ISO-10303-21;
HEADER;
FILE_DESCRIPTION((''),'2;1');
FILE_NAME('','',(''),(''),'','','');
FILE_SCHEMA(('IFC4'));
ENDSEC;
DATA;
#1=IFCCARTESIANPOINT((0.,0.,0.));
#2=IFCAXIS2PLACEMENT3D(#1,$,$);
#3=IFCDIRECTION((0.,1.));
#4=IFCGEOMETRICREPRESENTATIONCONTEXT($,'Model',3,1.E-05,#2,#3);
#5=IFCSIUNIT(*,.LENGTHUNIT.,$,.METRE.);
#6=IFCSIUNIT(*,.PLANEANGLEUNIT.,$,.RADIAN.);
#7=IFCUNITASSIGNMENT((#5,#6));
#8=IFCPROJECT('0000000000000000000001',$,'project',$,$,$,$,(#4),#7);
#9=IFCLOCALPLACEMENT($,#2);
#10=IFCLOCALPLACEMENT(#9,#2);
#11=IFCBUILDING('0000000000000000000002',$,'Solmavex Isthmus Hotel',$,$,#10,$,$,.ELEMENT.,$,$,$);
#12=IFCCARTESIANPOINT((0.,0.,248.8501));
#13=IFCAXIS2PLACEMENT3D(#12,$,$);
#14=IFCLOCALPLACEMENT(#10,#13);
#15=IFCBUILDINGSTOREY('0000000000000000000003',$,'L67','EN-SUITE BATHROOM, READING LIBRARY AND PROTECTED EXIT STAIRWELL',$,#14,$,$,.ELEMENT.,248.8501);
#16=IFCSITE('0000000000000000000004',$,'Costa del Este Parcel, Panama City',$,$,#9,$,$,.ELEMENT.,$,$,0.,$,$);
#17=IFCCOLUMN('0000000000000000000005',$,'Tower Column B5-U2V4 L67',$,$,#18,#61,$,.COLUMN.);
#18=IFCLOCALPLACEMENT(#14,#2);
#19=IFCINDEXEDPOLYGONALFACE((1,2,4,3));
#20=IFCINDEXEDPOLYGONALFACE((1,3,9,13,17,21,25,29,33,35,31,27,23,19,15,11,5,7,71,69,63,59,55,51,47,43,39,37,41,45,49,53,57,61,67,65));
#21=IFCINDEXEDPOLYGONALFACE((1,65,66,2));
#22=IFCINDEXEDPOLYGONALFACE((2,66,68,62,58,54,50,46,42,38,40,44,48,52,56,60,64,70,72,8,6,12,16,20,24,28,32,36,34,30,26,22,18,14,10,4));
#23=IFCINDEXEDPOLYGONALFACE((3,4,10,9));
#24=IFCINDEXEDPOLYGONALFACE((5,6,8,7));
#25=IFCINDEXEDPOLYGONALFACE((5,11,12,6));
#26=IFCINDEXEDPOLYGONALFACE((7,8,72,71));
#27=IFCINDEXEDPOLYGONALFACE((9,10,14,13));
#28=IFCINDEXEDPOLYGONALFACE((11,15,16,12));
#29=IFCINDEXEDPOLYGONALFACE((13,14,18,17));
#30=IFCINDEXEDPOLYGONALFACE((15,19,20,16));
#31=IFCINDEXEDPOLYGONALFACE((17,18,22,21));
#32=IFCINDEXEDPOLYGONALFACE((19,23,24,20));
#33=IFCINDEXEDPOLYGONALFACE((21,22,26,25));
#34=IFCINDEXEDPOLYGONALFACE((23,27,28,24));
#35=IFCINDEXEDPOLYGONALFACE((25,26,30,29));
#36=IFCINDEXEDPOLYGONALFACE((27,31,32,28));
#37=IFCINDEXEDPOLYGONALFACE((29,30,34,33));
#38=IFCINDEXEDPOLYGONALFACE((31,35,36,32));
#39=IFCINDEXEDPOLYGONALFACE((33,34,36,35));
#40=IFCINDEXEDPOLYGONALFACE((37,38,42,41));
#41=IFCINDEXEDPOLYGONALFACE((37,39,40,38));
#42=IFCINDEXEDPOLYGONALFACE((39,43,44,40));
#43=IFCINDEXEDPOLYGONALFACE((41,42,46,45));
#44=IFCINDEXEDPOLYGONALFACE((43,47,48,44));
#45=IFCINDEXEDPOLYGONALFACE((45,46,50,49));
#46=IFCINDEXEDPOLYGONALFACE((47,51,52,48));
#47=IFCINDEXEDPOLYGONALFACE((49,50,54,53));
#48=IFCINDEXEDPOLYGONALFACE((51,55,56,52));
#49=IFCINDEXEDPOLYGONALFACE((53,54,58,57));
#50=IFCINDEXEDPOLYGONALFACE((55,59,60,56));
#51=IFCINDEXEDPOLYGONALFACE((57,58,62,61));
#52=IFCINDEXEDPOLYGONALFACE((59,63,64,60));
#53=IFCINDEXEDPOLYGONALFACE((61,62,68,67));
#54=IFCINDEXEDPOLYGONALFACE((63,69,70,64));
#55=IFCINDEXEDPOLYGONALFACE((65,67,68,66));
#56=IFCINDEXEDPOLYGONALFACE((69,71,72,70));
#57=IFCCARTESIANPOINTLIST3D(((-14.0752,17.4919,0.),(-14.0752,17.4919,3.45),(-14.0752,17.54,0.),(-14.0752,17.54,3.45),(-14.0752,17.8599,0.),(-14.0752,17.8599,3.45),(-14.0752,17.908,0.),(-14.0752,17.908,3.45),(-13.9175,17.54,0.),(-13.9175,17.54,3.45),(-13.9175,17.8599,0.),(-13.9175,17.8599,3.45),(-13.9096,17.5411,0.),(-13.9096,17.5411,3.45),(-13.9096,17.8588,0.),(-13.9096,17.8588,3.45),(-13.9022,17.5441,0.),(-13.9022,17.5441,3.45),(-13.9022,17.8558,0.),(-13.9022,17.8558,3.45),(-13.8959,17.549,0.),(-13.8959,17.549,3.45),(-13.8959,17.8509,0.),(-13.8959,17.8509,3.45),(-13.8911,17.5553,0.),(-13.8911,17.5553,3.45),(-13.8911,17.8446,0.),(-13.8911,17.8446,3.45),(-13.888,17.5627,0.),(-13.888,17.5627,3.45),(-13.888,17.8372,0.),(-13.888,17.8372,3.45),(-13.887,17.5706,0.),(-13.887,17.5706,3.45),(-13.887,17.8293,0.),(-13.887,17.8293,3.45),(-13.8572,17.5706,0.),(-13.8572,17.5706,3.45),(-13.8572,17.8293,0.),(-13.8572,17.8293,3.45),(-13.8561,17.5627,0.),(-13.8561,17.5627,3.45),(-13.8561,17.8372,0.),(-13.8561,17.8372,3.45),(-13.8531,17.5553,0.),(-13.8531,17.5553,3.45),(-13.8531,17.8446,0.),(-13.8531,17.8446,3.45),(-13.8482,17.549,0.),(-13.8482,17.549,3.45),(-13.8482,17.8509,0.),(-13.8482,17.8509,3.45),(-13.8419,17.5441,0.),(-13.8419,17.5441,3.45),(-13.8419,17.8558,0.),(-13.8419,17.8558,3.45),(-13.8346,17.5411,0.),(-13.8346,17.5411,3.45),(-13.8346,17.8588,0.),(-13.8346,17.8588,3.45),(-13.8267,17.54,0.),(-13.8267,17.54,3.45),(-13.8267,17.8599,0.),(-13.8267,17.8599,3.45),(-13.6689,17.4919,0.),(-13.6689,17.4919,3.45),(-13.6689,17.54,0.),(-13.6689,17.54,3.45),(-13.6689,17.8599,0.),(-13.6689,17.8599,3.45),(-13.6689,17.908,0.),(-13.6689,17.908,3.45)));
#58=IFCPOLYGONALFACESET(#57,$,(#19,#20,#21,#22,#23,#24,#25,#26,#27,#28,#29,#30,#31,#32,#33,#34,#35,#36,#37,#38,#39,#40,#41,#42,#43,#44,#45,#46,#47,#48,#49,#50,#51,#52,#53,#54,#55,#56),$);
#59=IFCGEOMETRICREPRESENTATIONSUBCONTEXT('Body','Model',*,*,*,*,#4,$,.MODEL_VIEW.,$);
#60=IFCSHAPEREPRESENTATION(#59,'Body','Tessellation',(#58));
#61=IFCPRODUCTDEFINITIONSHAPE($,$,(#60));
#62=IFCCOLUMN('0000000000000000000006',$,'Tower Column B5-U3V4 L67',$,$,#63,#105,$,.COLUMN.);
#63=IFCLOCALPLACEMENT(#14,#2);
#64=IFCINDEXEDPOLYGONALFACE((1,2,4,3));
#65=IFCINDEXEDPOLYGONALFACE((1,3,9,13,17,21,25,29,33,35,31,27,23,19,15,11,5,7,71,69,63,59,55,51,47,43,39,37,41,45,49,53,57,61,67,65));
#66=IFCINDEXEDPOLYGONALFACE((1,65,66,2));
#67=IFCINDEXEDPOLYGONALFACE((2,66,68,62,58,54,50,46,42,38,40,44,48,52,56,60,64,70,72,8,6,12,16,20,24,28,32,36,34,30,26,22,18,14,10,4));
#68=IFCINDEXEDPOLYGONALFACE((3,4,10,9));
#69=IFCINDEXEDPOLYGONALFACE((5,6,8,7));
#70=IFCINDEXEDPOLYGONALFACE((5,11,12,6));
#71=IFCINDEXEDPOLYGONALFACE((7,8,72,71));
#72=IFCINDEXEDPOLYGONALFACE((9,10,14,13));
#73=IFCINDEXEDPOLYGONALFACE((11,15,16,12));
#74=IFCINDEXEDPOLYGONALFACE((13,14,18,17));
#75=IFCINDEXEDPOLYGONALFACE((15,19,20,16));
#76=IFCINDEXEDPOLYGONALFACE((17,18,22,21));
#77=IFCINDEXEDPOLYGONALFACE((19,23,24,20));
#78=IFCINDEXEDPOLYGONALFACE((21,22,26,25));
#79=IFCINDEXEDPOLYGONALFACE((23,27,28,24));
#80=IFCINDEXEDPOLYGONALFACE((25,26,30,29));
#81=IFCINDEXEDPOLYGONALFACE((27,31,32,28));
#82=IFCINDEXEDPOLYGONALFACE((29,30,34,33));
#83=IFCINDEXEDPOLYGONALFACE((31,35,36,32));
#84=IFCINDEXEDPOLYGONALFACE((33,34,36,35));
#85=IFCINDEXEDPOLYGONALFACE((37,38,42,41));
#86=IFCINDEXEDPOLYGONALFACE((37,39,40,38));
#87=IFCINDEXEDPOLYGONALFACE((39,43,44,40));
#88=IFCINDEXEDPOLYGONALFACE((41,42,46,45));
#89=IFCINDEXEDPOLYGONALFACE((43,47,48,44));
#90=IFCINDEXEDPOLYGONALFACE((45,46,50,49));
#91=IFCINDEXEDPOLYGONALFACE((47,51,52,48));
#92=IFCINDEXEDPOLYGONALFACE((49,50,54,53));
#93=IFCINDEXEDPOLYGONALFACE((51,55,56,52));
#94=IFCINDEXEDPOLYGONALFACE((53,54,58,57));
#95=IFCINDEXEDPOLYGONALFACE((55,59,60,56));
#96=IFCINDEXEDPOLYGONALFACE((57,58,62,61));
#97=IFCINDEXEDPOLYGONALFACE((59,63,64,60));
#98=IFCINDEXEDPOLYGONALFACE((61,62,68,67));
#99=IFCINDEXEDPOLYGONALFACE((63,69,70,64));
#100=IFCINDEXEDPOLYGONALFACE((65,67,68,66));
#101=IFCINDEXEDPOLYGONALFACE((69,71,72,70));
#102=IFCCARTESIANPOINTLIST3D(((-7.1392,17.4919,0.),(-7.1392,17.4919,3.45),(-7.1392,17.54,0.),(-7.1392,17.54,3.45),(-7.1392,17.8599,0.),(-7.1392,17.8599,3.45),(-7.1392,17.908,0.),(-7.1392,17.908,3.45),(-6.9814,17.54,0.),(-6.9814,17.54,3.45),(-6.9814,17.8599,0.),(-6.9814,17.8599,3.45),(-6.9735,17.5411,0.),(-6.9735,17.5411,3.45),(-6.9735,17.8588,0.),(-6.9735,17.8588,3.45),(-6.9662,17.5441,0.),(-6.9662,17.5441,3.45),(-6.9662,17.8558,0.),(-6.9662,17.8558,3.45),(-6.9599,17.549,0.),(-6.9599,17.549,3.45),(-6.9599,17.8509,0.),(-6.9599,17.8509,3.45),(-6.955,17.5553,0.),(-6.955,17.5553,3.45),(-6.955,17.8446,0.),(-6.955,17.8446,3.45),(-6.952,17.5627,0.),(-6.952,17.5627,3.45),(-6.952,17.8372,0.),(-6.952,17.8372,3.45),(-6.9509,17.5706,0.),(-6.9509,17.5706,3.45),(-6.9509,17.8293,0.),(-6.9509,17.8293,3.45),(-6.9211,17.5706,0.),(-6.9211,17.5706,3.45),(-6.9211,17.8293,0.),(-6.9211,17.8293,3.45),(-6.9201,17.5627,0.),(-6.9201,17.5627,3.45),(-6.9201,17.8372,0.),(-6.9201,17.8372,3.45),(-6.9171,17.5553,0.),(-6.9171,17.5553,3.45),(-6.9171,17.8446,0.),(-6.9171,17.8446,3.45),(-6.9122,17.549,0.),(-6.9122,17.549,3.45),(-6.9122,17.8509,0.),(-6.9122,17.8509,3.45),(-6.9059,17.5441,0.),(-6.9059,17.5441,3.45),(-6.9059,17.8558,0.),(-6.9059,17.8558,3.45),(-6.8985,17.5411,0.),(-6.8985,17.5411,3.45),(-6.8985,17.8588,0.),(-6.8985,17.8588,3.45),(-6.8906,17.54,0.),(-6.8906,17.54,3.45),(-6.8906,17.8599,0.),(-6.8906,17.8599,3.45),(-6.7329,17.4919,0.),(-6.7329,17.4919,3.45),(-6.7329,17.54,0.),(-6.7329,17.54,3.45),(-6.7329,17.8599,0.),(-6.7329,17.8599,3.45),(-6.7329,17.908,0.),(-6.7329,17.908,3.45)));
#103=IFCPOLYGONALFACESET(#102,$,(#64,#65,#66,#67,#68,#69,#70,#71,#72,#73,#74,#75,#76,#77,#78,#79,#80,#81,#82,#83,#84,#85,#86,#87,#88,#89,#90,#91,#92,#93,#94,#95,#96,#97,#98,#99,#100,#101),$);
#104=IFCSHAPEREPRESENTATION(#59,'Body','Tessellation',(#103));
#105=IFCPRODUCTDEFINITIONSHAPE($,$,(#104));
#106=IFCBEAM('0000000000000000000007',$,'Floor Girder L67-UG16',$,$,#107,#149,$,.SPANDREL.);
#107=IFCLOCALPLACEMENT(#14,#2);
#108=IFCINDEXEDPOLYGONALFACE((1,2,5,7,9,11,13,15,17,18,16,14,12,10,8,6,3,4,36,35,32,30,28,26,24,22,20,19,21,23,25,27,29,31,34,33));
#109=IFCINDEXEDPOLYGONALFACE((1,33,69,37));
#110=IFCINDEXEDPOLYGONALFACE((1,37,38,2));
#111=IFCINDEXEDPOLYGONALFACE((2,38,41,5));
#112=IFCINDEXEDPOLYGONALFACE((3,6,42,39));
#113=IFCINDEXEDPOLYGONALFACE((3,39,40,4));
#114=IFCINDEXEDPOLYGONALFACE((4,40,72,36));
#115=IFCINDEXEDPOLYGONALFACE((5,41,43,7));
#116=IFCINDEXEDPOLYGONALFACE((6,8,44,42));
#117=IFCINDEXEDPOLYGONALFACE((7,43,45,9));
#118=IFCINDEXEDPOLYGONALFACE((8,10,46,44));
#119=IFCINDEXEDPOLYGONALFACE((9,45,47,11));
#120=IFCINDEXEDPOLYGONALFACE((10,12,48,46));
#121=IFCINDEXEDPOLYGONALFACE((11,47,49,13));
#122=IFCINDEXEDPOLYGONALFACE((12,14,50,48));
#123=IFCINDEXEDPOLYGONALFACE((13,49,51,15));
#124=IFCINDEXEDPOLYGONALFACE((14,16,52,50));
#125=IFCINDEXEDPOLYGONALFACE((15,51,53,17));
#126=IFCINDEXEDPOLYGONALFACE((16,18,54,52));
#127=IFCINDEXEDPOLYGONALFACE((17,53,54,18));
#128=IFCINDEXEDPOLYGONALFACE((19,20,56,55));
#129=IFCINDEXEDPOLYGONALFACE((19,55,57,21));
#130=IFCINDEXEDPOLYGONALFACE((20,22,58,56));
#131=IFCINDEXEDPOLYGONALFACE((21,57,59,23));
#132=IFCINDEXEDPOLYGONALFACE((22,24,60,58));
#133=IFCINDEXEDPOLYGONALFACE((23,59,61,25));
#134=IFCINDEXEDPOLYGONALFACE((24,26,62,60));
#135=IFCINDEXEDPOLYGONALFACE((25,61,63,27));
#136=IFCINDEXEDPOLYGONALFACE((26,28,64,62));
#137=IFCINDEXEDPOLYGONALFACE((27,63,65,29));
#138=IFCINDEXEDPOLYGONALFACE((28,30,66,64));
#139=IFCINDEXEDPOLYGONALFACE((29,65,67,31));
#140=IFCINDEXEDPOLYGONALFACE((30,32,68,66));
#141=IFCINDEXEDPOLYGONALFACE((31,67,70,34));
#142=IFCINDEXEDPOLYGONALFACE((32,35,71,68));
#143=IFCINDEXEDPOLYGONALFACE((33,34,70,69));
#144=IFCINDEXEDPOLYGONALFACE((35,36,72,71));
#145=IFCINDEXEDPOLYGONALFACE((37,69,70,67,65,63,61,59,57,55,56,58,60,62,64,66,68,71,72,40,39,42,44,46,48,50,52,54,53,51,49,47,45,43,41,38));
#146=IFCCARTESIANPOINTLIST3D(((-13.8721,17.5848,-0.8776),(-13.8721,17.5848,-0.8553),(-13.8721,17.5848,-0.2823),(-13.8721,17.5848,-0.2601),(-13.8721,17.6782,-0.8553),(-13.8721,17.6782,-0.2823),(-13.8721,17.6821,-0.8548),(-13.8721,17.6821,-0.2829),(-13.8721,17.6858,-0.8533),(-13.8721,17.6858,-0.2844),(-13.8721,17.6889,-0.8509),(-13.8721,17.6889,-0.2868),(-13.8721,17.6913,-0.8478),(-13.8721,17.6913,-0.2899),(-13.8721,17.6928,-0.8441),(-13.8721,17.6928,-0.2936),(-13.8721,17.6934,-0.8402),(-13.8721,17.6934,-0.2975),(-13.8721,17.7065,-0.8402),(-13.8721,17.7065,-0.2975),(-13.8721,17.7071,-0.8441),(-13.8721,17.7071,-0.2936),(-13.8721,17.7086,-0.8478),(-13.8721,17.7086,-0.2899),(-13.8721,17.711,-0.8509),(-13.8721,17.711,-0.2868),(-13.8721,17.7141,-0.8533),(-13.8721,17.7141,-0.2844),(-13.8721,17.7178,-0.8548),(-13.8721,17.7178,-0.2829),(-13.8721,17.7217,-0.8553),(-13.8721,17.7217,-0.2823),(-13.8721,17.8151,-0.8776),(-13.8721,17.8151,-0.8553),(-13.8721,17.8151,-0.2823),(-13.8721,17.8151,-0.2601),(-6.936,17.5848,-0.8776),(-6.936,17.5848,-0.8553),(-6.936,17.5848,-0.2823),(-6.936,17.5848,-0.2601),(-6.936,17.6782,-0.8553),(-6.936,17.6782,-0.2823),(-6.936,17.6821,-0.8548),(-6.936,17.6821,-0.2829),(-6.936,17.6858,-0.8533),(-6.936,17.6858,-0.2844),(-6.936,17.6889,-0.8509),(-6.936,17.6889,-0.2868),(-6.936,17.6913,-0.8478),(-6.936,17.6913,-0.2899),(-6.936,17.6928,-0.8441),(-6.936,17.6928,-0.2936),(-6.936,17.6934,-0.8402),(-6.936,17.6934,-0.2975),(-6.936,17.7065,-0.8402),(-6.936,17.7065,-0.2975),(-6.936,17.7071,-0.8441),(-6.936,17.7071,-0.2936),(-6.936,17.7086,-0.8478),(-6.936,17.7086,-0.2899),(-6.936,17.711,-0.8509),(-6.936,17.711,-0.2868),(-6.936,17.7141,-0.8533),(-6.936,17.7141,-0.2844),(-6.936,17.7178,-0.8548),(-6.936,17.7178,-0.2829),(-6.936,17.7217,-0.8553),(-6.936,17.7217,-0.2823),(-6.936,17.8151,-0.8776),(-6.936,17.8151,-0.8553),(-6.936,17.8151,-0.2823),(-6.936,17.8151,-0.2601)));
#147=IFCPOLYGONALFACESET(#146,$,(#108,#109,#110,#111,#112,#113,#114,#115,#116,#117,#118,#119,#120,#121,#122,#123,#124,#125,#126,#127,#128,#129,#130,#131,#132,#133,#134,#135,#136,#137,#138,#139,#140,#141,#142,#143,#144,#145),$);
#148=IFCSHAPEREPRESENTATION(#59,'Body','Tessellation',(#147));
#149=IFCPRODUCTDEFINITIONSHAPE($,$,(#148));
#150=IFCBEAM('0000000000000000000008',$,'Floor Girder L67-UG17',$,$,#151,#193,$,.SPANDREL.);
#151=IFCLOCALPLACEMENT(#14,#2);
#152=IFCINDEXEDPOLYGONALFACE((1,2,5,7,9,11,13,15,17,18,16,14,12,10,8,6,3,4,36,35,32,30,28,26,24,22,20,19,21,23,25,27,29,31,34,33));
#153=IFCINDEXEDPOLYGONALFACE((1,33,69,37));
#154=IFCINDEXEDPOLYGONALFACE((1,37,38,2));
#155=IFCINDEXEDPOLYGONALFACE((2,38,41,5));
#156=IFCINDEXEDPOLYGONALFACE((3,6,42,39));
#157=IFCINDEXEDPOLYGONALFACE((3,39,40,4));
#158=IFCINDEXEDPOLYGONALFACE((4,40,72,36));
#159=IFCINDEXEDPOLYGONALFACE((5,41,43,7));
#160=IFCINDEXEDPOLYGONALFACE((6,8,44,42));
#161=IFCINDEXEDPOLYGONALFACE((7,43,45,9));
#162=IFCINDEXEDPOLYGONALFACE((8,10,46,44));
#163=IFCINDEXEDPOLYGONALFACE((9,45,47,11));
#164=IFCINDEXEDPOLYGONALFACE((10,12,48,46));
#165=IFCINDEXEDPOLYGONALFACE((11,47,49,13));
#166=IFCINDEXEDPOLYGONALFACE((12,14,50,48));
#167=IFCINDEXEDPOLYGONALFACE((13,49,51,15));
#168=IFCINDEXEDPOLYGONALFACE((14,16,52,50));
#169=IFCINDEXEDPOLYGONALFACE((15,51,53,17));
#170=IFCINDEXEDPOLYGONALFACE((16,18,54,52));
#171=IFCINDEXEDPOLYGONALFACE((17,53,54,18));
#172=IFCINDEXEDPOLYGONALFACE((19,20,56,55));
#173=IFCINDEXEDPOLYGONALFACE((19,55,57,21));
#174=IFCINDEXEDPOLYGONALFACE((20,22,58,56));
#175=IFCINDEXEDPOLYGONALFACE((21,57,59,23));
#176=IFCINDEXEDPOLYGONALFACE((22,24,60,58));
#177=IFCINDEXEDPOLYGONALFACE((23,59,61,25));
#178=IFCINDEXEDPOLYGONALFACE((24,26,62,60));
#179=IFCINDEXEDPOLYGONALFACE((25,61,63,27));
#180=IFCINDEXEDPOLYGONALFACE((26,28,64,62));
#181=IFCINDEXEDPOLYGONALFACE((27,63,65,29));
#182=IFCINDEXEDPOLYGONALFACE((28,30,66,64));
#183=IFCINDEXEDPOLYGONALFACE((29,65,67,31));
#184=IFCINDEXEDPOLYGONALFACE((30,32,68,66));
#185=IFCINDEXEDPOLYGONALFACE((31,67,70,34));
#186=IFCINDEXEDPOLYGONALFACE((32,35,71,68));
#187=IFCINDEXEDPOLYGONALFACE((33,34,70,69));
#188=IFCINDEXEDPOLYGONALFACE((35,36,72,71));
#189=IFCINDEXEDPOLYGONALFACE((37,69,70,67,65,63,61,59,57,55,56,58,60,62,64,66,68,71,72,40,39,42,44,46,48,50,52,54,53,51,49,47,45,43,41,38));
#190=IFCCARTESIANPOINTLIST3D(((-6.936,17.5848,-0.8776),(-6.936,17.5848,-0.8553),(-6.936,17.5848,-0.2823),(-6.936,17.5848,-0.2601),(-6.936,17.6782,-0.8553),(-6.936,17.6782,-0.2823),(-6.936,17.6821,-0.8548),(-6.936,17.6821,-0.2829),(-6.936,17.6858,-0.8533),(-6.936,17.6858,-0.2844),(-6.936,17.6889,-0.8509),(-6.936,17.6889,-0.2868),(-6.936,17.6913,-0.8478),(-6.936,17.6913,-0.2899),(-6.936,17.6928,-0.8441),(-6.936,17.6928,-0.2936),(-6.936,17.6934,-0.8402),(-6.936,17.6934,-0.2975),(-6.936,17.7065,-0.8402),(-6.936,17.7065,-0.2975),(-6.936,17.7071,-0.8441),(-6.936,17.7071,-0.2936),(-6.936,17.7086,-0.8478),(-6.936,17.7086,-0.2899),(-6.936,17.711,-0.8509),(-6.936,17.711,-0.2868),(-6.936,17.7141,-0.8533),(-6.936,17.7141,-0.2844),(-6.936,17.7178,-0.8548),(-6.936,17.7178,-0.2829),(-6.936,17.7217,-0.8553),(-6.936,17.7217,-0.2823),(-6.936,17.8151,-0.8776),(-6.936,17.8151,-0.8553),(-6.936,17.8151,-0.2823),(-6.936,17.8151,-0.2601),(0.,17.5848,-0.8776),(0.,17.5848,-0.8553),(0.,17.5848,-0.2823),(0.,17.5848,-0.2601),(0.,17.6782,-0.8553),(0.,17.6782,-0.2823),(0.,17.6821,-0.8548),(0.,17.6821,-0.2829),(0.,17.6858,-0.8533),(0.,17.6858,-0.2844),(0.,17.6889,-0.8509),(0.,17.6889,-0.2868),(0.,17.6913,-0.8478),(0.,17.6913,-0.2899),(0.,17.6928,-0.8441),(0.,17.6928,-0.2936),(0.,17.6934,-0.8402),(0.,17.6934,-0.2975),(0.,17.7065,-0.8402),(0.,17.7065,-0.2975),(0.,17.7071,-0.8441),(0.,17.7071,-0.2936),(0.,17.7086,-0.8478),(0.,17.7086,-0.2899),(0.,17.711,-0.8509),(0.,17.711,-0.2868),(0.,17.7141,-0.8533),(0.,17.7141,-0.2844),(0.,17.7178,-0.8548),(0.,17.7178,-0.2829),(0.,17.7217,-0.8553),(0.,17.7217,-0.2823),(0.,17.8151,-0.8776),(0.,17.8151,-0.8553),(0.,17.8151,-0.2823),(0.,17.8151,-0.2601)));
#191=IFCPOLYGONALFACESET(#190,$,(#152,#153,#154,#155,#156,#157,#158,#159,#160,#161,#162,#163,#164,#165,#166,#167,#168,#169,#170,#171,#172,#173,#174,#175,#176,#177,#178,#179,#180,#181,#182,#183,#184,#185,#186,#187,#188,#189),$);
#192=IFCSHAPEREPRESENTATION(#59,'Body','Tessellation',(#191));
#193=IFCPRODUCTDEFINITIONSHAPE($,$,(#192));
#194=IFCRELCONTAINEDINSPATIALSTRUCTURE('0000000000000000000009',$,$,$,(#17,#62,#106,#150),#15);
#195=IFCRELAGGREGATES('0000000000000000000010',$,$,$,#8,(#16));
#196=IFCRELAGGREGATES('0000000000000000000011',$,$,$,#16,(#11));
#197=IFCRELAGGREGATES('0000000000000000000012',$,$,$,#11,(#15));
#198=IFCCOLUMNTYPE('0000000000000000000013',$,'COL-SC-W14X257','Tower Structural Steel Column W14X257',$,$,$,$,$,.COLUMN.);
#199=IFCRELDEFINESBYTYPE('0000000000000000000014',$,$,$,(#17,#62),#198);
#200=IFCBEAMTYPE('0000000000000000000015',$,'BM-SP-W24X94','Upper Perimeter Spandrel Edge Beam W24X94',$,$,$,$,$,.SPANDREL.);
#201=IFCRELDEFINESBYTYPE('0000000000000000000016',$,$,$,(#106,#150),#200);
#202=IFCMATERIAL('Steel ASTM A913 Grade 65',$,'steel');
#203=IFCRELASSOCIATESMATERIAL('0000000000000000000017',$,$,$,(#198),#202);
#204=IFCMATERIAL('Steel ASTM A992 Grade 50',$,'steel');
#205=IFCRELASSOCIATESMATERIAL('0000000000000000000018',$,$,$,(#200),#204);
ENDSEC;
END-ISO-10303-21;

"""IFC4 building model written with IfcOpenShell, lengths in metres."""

from ifc_helpers import new_model, si_unit, direction, frame, origin, origin_2d, place, context, subcontext, project, spatial, i_section, extrude, material, material_profile, profile_set, type_object, element, save


model = new_model("IFC4")

# Units and contexts
model_context = context("Model", 3, precision=1e-05, world=origin(), true_north=direction((0.0, 1.0)))
body_context = subcontext(model_context, "Body", "Model", "MODEL_VIEW")
ifc_project = project(units=[si_unit("LENGTHUNIT", "METRE"), si_unit("PLANEANGLEUNIT", "RADIAN")], contexts=[model_context])

# Site, building, storey
site_placement = place(None, origin())
site = spatial("IfcSite", under=ifc_project, at=site_placement, Name="Costa del Este Parcel, Panama City", CompositionType="ELEMENT", RefElevation=0.0)
building_placement = place(site_placement, origin())
building = spatial("IfcBuilding", under=site, at=building_placement, Name="Solmavex Isthmus Hotel", CompositionType="ELEMENT")
storey_placement = place(building_placement, frame((0.0, 0.0, 248.8501)))
storey = spatial("IfcBuildingStorey", under=building, at=storey_placement, Name="L67", Description="EN-SUITE BATHROOM, READING LIBRARY AND PROTECTED EXIT STAIRWELL", CompositionType="ELEMENT", Elevation=248.8501)

# Columns
ifc_material_1 = material(Name="Steel ASTM A913 Grade 65", Category="steel")
ifc_material_profile_1 = material_profile(ifc_material_1, i_section(OverallWidth=0.4062, OverallDepth=0.416, WebThickness=0.0298, FlangeThickness=0.0481, FilletRadius=0.0305, at=origin_2d()), Name="W14X257")
ifc_profile_set_1 = profile_set([ifc_material_profile_1], Name="Steel ASTM A913 Grade 65")
column_type = type_object("IfcColumnType", Name="COL-SC-W14X257", Description="Tower Structural Steel Column W14X257", PredefinedType="COLUMN", material=ifc_profile_set_1)
for number, where, z_axis, x_axis, name in (
    (1, (-13.8721, 17.7, 0.0), (0.0, 0.0, 1.0), (1.0, 0.0, 0.0), "Tower Column B5-U2V4 L67"),
    (2, (-6.936, 17.7, 0.0), (0.0, 0.0, 1.0), (1.0, 0.0, 0.0), "Tower Column B5-U3V4 L67"),
):
    element("IfcColumn", number, at=place(storey_placement, frame(where, z_axis=z_axis, x_axis=x_axis)), inside=storey, type_object=column_type, Name=name, PredefinedType="COLUMN", context=body_context, shape_type="SweptSolid", body=[
        extrude(i_section(OverallWidth=0.4062, OverallDepth=0.416, WebThickness=0.0298, FlangeThickness=0.0481, FilletRadius=0.0305, at=origin_2d()), origin(), (0.0, 0.0, 1.0), 3.45),
    ])

# Beams
ifc_material_2 = material(Name="Steel ASTM A992 Grade 50", Category="steel")
ifc_material_profile_2 = material_profile(ifc_material_2, i_section(OverallWidth=0.2302, OverallDepth=0.6174, WebThickness=0.0132, FlangeThickness=0.0222, FilletRadius=0.0151, at=origin_2d()), Name="W24X94")
ifc_profile_set_2 = profile_set([ifc_material_profile_2], Name="Steel ASTM A992 Grade 50")
beam_type = type_object("IfcBeamType", Name="BM-SP-W24X94", Description="Upper Perimeter Spandrel Edge Beam W24X94", PredefinedType="SPANDREL", material=ifc_profile_set_2)
for number, where, z_axis, x_axis, name in (
    (3, (-13.8721, 17.7, -0.5688), (1.0, 0.0, 0.0), (0.0, 1.0, 0.0), "Floor Girder L67-UG16"),
    (4, (-6.936, 17.7, -0.5688), (1.0, 0.0, 0.0), (0.0, 1.0, 0.0), "Floor Girder L67-UG17"),
):
    element("IfcBeam", number, at=place(storey_placement, frame(where, z_axis=z_axis, x_axis=x_axis)), inside=storey, type_object=beam_type, Name=name, PredefinedType="SPANDREL", context=body_context, shape_type="SweptSolid", body=[
        extrude(i_section(OverallWidth=0.2302, OverallDepth=0.6174, WebThickness=0.0132, FlangeThickness=0.0222, FilletRadius=0.0151, at=origin_2d()), origin(), (0.0, 0.0, 1.0), 6.936),
    ])

save(model, "model.ifc")
